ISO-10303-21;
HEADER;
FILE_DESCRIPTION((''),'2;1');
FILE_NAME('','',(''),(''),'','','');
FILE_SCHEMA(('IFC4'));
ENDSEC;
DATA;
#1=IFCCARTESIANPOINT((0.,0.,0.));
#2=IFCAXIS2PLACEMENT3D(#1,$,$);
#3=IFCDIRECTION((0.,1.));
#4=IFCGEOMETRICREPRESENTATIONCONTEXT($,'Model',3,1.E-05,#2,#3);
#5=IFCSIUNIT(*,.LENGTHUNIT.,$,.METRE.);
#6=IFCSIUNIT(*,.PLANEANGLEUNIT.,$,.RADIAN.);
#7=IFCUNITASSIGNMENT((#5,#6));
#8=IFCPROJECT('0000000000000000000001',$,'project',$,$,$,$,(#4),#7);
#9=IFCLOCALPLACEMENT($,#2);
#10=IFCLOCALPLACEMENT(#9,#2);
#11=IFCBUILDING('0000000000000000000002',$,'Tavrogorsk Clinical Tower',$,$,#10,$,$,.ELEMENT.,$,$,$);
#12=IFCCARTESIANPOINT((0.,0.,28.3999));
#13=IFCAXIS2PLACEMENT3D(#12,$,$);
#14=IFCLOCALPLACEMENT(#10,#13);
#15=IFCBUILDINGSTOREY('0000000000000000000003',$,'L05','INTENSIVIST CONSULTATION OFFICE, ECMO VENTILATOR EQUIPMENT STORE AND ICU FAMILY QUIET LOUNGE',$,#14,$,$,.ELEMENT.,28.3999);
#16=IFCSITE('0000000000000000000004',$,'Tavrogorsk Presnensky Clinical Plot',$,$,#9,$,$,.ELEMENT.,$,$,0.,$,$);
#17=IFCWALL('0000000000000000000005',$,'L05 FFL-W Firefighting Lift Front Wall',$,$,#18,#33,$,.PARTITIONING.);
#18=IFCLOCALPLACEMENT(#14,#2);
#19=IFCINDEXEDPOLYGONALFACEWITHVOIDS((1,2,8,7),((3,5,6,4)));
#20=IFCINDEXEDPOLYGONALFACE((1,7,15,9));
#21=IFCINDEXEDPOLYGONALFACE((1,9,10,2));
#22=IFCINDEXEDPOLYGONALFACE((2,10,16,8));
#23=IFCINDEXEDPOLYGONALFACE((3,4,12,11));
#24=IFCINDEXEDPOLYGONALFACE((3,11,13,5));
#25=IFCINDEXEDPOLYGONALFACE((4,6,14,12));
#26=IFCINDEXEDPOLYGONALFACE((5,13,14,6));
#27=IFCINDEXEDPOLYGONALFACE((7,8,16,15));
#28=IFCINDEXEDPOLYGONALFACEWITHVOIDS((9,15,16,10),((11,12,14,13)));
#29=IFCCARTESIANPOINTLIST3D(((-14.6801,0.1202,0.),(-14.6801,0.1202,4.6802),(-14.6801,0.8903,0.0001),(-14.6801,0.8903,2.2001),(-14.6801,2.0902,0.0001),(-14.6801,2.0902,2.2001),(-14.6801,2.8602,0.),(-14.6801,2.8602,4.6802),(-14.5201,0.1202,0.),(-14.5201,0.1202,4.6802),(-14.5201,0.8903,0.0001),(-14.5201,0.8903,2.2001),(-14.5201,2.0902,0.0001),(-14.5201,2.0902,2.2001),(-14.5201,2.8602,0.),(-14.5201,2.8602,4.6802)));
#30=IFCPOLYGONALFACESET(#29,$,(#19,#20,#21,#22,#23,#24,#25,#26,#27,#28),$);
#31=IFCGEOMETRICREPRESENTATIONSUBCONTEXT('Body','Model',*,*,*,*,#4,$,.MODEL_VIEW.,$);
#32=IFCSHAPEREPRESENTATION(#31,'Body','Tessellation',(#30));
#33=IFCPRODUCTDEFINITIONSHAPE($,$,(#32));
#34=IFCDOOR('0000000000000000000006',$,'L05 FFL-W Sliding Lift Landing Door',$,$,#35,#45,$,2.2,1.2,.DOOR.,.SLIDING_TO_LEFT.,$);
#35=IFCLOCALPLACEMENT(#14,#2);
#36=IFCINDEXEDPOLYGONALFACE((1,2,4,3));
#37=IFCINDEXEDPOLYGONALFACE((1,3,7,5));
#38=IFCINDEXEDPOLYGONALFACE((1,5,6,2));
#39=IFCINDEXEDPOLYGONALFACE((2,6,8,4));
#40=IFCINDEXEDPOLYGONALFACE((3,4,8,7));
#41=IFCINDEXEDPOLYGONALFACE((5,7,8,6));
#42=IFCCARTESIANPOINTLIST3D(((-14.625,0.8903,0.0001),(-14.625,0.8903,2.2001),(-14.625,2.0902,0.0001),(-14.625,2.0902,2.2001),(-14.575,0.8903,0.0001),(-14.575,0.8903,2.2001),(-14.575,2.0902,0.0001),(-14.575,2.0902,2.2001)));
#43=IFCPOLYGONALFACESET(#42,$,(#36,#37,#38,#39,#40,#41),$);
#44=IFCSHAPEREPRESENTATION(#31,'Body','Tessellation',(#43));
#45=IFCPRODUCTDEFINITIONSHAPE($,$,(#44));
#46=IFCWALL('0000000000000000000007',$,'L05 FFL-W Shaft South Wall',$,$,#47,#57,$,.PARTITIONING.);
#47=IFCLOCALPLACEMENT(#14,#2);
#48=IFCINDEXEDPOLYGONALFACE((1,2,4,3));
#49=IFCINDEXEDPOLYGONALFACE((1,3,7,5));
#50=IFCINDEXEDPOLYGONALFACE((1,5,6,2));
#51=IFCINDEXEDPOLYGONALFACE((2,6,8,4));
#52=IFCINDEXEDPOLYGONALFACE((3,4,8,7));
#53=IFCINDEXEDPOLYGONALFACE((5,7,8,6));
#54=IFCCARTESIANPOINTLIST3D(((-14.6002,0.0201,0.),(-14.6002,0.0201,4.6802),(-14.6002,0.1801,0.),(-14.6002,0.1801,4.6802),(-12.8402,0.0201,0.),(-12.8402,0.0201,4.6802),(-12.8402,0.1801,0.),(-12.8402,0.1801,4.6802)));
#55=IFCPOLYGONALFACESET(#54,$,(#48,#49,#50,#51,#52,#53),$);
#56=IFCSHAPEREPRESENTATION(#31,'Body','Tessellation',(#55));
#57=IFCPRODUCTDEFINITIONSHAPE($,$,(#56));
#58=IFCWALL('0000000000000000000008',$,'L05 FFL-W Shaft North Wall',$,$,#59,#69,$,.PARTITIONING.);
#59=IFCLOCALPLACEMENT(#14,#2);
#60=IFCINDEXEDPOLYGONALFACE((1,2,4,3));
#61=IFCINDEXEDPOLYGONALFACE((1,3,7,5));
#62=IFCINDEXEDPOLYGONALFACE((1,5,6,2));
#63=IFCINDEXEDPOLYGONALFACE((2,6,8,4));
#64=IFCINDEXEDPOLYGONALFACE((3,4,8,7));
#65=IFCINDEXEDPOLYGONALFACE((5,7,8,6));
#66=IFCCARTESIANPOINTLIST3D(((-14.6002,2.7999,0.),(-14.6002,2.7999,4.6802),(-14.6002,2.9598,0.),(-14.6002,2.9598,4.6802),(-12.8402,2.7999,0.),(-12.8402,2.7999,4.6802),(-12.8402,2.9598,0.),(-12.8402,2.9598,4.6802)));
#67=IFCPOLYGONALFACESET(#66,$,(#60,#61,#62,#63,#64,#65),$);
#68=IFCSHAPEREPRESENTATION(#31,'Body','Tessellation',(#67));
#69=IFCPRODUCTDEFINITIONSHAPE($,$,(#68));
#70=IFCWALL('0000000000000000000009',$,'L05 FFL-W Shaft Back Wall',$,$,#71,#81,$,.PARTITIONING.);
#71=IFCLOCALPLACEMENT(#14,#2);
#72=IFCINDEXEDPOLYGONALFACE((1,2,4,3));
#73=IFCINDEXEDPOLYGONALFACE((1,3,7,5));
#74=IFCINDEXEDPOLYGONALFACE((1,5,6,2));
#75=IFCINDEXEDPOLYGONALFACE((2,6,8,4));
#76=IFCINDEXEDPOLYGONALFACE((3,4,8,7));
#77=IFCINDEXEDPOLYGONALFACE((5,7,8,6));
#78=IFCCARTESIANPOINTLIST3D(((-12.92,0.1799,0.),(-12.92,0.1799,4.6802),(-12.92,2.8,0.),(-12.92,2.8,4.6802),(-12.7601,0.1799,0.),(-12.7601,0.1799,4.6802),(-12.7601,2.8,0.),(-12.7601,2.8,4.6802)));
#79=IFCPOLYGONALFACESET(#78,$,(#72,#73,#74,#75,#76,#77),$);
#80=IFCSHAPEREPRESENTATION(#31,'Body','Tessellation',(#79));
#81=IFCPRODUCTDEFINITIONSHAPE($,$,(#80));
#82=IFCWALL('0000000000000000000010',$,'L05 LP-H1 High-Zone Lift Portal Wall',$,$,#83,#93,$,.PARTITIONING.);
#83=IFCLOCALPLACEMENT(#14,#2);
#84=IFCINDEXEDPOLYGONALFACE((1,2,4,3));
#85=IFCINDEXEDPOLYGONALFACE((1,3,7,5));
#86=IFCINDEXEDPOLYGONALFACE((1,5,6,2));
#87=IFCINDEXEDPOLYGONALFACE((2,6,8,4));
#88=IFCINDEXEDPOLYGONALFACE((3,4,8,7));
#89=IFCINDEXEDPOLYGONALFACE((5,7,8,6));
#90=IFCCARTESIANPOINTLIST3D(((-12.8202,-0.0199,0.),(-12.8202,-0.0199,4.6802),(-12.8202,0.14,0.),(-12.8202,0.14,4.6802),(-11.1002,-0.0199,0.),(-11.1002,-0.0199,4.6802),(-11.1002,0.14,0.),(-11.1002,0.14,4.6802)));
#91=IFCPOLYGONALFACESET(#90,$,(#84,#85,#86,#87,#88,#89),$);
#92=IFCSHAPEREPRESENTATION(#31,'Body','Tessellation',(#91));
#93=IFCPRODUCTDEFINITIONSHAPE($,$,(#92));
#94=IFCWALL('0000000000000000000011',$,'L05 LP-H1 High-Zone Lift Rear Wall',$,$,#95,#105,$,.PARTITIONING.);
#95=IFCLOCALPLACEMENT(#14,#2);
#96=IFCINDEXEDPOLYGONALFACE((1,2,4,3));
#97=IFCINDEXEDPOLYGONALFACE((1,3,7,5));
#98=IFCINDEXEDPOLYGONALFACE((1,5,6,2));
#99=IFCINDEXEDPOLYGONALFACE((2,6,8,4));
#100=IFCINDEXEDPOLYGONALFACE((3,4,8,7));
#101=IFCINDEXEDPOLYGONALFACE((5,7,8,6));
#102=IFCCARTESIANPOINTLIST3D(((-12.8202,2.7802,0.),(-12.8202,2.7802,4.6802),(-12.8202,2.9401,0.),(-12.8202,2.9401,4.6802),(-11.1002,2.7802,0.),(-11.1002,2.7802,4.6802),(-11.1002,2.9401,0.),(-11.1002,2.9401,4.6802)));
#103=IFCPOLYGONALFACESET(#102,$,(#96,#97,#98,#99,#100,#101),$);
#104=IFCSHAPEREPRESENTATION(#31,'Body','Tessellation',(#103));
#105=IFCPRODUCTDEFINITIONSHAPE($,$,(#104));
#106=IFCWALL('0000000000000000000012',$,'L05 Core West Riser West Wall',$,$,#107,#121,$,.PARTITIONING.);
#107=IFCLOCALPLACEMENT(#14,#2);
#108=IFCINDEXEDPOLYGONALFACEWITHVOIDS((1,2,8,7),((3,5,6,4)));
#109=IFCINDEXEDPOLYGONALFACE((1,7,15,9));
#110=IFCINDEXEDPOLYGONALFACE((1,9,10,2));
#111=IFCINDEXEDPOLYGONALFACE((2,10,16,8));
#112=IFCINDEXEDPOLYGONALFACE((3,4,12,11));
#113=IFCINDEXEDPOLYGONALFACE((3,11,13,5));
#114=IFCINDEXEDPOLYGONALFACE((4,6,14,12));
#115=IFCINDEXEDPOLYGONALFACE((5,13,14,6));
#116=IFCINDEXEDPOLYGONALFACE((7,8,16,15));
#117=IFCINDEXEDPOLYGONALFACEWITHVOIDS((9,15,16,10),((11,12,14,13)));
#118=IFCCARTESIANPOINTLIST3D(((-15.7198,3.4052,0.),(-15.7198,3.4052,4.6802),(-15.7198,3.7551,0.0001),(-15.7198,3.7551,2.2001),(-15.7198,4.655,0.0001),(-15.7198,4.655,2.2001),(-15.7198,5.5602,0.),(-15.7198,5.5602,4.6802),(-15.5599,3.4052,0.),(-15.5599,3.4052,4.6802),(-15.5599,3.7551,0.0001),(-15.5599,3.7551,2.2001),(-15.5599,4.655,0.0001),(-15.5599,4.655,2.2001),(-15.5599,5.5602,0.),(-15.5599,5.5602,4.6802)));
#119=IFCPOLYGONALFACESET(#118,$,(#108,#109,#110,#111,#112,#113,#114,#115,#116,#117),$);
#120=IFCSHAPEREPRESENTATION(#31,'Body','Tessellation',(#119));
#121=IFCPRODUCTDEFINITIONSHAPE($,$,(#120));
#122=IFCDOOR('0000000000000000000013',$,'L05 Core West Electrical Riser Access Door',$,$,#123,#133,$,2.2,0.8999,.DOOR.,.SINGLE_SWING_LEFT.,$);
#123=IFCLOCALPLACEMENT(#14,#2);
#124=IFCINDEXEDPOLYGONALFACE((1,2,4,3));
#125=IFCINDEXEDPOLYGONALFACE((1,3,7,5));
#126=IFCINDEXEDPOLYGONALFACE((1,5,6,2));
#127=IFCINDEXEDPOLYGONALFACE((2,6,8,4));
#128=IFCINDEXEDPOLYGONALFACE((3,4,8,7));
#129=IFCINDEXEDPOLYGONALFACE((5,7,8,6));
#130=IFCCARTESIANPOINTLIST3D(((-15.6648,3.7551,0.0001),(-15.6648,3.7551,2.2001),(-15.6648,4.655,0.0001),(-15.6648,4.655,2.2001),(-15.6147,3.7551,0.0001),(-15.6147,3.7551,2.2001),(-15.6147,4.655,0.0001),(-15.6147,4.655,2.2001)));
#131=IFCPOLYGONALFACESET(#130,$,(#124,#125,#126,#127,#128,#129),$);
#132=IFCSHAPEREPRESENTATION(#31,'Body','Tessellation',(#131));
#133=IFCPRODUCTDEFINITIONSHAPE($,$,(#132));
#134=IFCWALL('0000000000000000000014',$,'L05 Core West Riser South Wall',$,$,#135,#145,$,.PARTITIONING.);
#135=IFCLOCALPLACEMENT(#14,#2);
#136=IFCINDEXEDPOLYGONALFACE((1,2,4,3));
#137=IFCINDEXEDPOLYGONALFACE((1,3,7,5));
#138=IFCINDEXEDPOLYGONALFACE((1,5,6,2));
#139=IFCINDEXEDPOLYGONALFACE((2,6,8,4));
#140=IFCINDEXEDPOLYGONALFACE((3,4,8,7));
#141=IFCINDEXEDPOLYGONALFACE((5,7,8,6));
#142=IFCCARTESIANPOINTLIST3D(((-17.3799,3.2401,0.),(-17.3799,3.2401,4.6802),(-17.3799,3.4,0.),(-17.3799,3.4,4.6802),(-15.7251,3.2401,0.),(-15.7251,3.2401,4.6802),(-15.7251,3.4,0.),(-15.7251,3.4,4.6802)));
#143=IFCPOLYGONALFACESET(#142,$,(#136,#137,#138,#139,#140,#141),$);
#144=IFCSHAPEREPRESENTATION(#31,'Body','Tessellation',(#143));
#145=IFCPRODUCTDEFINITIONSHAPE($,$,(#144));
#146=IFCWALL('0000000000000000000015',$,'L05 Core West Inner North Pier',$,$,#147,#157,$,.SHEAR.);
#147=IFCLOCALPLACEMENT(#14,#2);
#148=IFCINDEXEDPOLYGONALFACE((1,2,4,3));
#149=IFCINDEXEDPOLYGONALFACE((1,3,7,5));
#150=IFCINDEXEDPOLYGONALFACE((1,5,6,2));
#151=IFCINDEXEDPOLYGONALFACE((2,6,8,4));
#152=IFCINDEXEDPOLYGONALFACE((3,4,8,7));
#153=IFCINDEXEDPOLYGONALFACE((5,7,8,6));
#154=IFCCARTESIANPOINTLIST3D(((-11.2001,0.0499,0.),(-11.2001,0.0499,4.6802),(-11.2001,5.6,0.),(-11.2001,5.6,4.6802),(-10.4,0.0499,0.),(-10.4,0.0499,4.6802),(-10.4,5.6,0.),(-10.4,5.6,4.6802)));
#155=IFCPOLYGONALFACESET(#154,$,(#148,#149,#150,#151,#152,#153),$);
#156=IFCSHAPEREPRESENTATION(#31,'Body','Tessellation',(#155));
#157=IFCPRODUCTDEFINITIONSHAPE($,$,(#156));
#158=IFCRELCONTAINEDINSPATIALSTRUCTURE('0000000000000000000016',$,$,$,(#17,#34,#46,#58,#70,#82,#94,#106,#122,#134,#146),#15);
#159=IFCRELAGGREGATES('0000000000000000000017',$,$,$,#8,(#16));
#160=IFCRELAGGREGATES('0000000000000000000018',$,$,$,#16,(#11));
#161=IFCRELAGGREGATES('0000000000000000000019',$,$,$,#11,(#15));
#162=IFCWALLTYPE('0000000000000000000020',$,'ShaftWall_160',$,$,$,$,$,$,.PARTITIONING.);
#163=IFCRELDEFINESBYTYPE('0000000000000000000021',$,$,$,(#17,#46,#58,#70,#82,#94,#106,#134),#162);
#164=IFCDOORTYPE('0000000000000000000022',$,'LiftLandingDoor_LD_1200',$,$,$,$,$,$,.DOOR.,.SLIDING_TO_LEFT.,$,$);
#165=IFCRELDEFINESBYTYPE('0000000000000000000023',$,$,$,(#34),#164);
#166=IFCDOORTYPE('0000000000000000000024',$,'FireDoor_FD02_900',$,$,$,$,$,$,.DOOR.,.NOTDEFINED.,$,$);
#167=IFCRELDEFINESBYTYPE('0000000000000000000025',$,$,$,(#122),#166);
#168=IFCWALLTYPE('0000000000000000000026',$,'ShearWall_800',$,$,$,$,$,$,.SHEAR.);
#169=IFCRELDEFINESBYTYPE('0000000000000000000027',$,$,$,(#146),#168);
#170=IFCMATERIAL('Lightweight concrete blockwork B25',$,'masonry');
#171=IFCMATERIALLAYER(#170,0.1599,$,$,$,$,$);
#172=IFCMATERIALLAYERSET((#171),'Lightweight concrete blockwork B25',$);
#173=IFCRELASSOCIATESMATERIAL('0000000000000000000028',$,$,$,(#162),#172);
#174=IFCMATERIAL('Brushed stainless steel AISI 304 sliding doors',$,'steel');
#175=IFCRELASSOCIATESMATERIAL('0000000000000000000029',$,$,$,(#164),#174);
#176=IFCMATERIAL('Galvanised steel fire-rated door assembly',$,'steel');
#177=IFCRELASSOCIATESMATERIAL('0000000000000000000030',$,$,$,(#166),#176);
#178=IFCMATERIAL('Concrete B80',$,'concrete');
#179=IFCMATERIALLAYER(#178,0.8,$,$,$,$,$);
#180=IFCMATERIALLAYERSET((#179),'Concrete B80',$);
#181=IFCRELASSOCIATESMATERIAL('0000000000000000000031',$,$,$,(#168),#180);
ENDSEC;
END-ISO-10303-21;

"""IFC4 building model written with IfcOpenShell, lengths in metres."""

from ifc_helpers import new_model, si_unit, direction, frame, frame_2d, origin, place, context, subcontext, project, spatial, rectangle, extrude, material, layer, layer_set, type_object, element, fill, save


model = new_model("IFC4")

# Units and contexts
model_context = context("Model", 3, precision=1e-05, world=origin(), true_north=direction((0.0, 1.0)))
body_context = subcontext(model_context, "Body", "Model", "MODEL_VIEW")
ifc_project = project(units=[si_unit("LENGTHUNIT", "METRE"), si_unit("PLANEANGLEUNIT", "RADIAN")], contexts=[model_context])

# Site, building, storey
site_placement = place(None, origin())
site = spatial("IfcSite", under=ifc_project, at=site_placement, Name="Tavrogorsk Presnensky Clinical Plot", CompositionType="ELEMENT", RefElevation=0.0)
building_placement = place(site_placement, origin())
building = spatial("IfcBuilding", under=site, at=building_placement, Name="Tavrogorsk Clinical Tower", CompositionType="ELEMENT")
storey_placement = place(building_placement, frame((0.0, 0.0, 28.3999)))
storey = spatial("IfcBuildingStorey", under=building, at=storey_placement, Name="L05", Description="INTENSIVIST CONSULTATION OFFICE, ECMO VENTILATOR EQUIPMENT STORE AND ICU FAMILY QUIET LOUNGE", CompositionType="ELEMENT", Elevation=28.3999)

# Wall, opening, door
ifc_material_1 = material(Name="Lightweight concrete blockwork B25", Category="masonry")
ifc_layer_1 = layer(ifc_material_1, 0.1599)
ifc_layer_set_1 = layer_set([ifc_layer_1], Name="Lightweight concrete blockwork B25")
wall_type_1 = type_object("IfcWallType", Name="ShaftWall_160", PredefinedType="PARTITIONING", material=ifc_layer_set_1)
wall_1_placement = place(storey_placement, frame((-14.6001, 0.1201, 0.0), z_axis=(0.0, 0.0, 1.0), x_axis=(0.0, 1.0, 0.0)))
wall_1 = element("IfcWall", 1, at=wall_1_placement, inside=storey, type_object=wall_type_1, Name="L05 FFL-W Firefighting Lift Front Wall", PredefinedType="PARTITIONING", context=body_context, shape_type="SweptSolid", body=[
    extrude(rectangle(XDim=2.74, YDim=0.1599, at=frame_2d((1.3701, 0.0))), origin(), (0.0, 0.0, 1.0), 4.6802),
])
opening_1_placement = place(wall_1_placement, frame((0.77, 0.0, 0.0)))
opening_1 = element("IfcOpeningElement", 2, at=opening_1_placement, cuts=wall_1, PredefinedType="OPENING", context=body_context, shape_type="SweptSolid", body=[
    extrude(rectangle(XDim=1.2, YDim=2.2, at=frame_2d((0.6001, 1.1001))), frame((0.0, 0.0898, 0.0), z_axis=(0.0, -1.0, 0.0), x_axis=(1.0, 0.0, 0.0)), (0.0, 0.0, 1.0), 0.1799),
])
ifc_material_2 = material(Name="Brushed stainless steel AISI 304 sliding doors", Category="steel")
door_type_1 = type_object("IfcDoorType", Name="LiftLandingDoor_LD_1200", OperationType="SLIDING_TO_LEFT", PredefinedType="DOOR", material=ifc_material_2)
door_1_placement = place(opening_1_placement, origin())
door_1 = element("IfcDoor", 3, at=door_1_placement, inside=storey, type_object=door_type_1, Name="L05 FFL-W Sliding Lift Landing Door", OperationType="SLIDING_TO_LEFT", OverallHeight=2.2, OverallWidth=1.2, PredefinedType="DOOR", context=body_context, shape_type="SweptSolid", body=[
    extrude(rectangle(XDim=1.2, YDim=2.2, at=frame_2d((0.6001, 1.1001))), frame((0.0, 0.0249, 0.0), z_axis=(0.0, -1.0, 0.0), x_axis=(1.0, 0.0, 0.0)), (0.0, 0.0, 1.0), 0.05),
])
fill(opening_1, door_1)

# Walls
for number, where, z_axis, x_axis, name in (
    (4, (-14.6001, 0.1001, 0.0), (0.0, 0.0, 1.0), (1.0, 0.0, 0.0), "L05 FFL-W Shaft South Wall"),
    (5, (-14.6001, 2.8799, 0.0), (0.0, 0.0, 1.0), (1.0, 0.0, 0.0), "L05 FFL-W Shaft North Wall"),
):
    element("IfcWall", number, at=place(storey_placement, frame(where, z_axis=z_axis, x_axis=x_axis)), inside=storey, type_object=wall_type_1, Name=name, PredefinedType="PARTITIONING", context=body_context, shape_type="SweptSolid", body=[
        extrude(rectangle(XDim=1.76, YDim=0.1599, at=frame_2d((0.8799, 0.0))), origin(), (0.0, 0.0, 1.0), 4.6802),
    ])
wall_2_placement = place(storey_placement, frame((-12.8401, 0.1799, 0.0), z_axis=(0.0, 0.0, 1.0), x_axis=(0.0, 1.0, 0.0)))
element("IfcWall", 6, at=wall_2_placement, inside=storey, type_object=wall_type_1, Name="L05 FFL-W Shaft Back Wall", PredefinedType="PARTITIONING", context=body_context, shape_type="SweptSolid", body=[
    extrude(rectangle(XDim=2.6201, YDim=0.1599, at=frame_2d((1.3101, 0.0))), origin(), (0.0, 0.0, 1.0), 4.6802),
])
for number, where, z_axis, x_axis, name in (
    (7, (-12.8201, 0.0601, 0.0), (0.0, 0.0, 1.0), (1.0, 0.0, 0.0), "L05 LP-H1 High-Zone Lift Portal Wall"),
    (8, (-12.8201, 2.8601, 0.0), (0.0, 0.0, 1.0), (1.0, 0.0, 0.0), "L05 LP-H1 High-Zone Lift Rear Wall"),
):
    element("IfcWall", number, at=place(storey_placement, frame(where, z_axis=z_axis, x_axis=x_axis)), inside=storey, type_object=wall_type_1, Name=name, PredefinedType="PARTITIONING", context=body_context, shape_type="SweptSolid", body=[
        extrude(rectangle(XDim=1.72, YDim=0.1599, at=frame_2d((0.8599, 0.0))), origin(), (0.0, 0.0, 1.0), 4.6802),
    ])

# Wall, opening, door
wall_3_placement = place(storey_placement, frame((-15.6399, 3.405, 0.0), z_axis=(0.0, 0.0, 1.0), x_axis=(0.0, 1.0, 0.0)))
wall_3 = element("IfcWall", 9, at=wall_3_placement, inside=storey, type_object=wall_type_1, Name="L05 Core West Riser West Wall", PredefinedType="PARTITIONING", context=body_context, shape_type="SweptSolid", body=[
    extrude(rectangle(XDim=2.155, YDim=0.1599, at=frame_2d((1.0776, 0.0))), origin(), (0.0, 0.0, 1.0), 4.6802),
])
opening_2_placement = place(wall_3_placement, frame((0.3501, 0.0, 0.0)))
opening_2 = element("IfcOpeningElement", 10, at=opening_2_placement, cuts=wall_3, PredefinedType="OPENING", context=body_context, shape_type="SweptSolid", body=[
    extrude(rectangle(XDim=0.8999, YDim=2.2, at=frame_2d((0.45, 1.1001))), frame((0.0, 0.0898, 0.0), z_axis=(0.0, -1.0, 0.0), x_axis=(1.0, 0.0, 0.0)), (0.0, 0.0, 1.0), 0.1799),
])
ifc_material_3 = material(Name="Galvanised steel fire-rated door assembly", Category="steel")
door_type_2 = type_object("IfcDoorType", Name="FireDoor_FD02_900", OperationType="NOTDEFINED", PredefinedType="DOOR", material=ifc_material_3)
door_2_placement = place(opening_2_placement, origin())
door_2 = element("IfcDoor", 11, at=door_2_placement, inside=storey, type_object=door_type_2, Name="L05 Core West Electrical Riser Access Door", OperationType="SINGLE_SWING_LEFT", OverallHeight=2.2, OverallWidth=0.8999, PredefinedType="DOOR", context=body_context, shape_type="SweptSolid", body=[
    extrude(rectangle(XDim=0.8999, YDim=2.2, at=frame_2d((0.45, 1.1001))), frame((0.0, 0.0249, 0.0), z_axis=(0.0, -1.0, 0.0), x_axis=(1.0, 0.0, 0.0)), (0.0, 0.0, 1.0), 0.05),
])
fill(opening_2, door_2)

# Walls
wall_4_placement = place(storey_placement, frame((-17.3799, 3.3201, 0.0), z_axis=(0.0, 0.0, 1.0), x_axis=(1.0, 0.0, 0.0)))
element("IfcWall", 12, at=wall_4_placement, inside=storey, type_object=wall_type_1, Name="L05 Core West Riser South Wall", PredefinedType="PARTITIONING", context=body_context, shape_type="SweptSolid", body=[
    extrude(rectangle(XDim=1.6548, YDim=0.1599, at=frame_2d((0.8274, 0.0))), origin(), (0.0, 0.0, 1.0), 4.6802),
])
ifc_material_4 = material(Name="Concrete B80", Category="concrete")
ifc_layer_2 = layer(ifc_material_4, 0.8)
ifc_layer_set_2 = layer_set([ifc_layer_2], Name="Concrete B80")
wall_type_2 = type_object("IfcWallType", Name="ShearWall_800", PredefinedType="SHEAR", material=ifc_layer_set_2)
wall_5_placement = place(storey_placement, frame((-10.8, 0.05, 0.0), z_axis=(0.0, 0.0, 1.0), x_axis=(0.0, 1.0, 0.0)))
element("IfcWall", 13, at=wall_5_placement, inside=storey, type_object=wall_type_2, Name="L05 Core West Inner North Pier", PredefinedType="SHEAR", context=body_context, shape_type="SweptSolid", body=[
    extrude(rectangle(XDim=5.55, YDim=0.8, at=frame_2d((2.7749, 0.0))), origin(), (0.0, 0.0, 1.0), 4.6802),
])

save(model, "model.ifc")
